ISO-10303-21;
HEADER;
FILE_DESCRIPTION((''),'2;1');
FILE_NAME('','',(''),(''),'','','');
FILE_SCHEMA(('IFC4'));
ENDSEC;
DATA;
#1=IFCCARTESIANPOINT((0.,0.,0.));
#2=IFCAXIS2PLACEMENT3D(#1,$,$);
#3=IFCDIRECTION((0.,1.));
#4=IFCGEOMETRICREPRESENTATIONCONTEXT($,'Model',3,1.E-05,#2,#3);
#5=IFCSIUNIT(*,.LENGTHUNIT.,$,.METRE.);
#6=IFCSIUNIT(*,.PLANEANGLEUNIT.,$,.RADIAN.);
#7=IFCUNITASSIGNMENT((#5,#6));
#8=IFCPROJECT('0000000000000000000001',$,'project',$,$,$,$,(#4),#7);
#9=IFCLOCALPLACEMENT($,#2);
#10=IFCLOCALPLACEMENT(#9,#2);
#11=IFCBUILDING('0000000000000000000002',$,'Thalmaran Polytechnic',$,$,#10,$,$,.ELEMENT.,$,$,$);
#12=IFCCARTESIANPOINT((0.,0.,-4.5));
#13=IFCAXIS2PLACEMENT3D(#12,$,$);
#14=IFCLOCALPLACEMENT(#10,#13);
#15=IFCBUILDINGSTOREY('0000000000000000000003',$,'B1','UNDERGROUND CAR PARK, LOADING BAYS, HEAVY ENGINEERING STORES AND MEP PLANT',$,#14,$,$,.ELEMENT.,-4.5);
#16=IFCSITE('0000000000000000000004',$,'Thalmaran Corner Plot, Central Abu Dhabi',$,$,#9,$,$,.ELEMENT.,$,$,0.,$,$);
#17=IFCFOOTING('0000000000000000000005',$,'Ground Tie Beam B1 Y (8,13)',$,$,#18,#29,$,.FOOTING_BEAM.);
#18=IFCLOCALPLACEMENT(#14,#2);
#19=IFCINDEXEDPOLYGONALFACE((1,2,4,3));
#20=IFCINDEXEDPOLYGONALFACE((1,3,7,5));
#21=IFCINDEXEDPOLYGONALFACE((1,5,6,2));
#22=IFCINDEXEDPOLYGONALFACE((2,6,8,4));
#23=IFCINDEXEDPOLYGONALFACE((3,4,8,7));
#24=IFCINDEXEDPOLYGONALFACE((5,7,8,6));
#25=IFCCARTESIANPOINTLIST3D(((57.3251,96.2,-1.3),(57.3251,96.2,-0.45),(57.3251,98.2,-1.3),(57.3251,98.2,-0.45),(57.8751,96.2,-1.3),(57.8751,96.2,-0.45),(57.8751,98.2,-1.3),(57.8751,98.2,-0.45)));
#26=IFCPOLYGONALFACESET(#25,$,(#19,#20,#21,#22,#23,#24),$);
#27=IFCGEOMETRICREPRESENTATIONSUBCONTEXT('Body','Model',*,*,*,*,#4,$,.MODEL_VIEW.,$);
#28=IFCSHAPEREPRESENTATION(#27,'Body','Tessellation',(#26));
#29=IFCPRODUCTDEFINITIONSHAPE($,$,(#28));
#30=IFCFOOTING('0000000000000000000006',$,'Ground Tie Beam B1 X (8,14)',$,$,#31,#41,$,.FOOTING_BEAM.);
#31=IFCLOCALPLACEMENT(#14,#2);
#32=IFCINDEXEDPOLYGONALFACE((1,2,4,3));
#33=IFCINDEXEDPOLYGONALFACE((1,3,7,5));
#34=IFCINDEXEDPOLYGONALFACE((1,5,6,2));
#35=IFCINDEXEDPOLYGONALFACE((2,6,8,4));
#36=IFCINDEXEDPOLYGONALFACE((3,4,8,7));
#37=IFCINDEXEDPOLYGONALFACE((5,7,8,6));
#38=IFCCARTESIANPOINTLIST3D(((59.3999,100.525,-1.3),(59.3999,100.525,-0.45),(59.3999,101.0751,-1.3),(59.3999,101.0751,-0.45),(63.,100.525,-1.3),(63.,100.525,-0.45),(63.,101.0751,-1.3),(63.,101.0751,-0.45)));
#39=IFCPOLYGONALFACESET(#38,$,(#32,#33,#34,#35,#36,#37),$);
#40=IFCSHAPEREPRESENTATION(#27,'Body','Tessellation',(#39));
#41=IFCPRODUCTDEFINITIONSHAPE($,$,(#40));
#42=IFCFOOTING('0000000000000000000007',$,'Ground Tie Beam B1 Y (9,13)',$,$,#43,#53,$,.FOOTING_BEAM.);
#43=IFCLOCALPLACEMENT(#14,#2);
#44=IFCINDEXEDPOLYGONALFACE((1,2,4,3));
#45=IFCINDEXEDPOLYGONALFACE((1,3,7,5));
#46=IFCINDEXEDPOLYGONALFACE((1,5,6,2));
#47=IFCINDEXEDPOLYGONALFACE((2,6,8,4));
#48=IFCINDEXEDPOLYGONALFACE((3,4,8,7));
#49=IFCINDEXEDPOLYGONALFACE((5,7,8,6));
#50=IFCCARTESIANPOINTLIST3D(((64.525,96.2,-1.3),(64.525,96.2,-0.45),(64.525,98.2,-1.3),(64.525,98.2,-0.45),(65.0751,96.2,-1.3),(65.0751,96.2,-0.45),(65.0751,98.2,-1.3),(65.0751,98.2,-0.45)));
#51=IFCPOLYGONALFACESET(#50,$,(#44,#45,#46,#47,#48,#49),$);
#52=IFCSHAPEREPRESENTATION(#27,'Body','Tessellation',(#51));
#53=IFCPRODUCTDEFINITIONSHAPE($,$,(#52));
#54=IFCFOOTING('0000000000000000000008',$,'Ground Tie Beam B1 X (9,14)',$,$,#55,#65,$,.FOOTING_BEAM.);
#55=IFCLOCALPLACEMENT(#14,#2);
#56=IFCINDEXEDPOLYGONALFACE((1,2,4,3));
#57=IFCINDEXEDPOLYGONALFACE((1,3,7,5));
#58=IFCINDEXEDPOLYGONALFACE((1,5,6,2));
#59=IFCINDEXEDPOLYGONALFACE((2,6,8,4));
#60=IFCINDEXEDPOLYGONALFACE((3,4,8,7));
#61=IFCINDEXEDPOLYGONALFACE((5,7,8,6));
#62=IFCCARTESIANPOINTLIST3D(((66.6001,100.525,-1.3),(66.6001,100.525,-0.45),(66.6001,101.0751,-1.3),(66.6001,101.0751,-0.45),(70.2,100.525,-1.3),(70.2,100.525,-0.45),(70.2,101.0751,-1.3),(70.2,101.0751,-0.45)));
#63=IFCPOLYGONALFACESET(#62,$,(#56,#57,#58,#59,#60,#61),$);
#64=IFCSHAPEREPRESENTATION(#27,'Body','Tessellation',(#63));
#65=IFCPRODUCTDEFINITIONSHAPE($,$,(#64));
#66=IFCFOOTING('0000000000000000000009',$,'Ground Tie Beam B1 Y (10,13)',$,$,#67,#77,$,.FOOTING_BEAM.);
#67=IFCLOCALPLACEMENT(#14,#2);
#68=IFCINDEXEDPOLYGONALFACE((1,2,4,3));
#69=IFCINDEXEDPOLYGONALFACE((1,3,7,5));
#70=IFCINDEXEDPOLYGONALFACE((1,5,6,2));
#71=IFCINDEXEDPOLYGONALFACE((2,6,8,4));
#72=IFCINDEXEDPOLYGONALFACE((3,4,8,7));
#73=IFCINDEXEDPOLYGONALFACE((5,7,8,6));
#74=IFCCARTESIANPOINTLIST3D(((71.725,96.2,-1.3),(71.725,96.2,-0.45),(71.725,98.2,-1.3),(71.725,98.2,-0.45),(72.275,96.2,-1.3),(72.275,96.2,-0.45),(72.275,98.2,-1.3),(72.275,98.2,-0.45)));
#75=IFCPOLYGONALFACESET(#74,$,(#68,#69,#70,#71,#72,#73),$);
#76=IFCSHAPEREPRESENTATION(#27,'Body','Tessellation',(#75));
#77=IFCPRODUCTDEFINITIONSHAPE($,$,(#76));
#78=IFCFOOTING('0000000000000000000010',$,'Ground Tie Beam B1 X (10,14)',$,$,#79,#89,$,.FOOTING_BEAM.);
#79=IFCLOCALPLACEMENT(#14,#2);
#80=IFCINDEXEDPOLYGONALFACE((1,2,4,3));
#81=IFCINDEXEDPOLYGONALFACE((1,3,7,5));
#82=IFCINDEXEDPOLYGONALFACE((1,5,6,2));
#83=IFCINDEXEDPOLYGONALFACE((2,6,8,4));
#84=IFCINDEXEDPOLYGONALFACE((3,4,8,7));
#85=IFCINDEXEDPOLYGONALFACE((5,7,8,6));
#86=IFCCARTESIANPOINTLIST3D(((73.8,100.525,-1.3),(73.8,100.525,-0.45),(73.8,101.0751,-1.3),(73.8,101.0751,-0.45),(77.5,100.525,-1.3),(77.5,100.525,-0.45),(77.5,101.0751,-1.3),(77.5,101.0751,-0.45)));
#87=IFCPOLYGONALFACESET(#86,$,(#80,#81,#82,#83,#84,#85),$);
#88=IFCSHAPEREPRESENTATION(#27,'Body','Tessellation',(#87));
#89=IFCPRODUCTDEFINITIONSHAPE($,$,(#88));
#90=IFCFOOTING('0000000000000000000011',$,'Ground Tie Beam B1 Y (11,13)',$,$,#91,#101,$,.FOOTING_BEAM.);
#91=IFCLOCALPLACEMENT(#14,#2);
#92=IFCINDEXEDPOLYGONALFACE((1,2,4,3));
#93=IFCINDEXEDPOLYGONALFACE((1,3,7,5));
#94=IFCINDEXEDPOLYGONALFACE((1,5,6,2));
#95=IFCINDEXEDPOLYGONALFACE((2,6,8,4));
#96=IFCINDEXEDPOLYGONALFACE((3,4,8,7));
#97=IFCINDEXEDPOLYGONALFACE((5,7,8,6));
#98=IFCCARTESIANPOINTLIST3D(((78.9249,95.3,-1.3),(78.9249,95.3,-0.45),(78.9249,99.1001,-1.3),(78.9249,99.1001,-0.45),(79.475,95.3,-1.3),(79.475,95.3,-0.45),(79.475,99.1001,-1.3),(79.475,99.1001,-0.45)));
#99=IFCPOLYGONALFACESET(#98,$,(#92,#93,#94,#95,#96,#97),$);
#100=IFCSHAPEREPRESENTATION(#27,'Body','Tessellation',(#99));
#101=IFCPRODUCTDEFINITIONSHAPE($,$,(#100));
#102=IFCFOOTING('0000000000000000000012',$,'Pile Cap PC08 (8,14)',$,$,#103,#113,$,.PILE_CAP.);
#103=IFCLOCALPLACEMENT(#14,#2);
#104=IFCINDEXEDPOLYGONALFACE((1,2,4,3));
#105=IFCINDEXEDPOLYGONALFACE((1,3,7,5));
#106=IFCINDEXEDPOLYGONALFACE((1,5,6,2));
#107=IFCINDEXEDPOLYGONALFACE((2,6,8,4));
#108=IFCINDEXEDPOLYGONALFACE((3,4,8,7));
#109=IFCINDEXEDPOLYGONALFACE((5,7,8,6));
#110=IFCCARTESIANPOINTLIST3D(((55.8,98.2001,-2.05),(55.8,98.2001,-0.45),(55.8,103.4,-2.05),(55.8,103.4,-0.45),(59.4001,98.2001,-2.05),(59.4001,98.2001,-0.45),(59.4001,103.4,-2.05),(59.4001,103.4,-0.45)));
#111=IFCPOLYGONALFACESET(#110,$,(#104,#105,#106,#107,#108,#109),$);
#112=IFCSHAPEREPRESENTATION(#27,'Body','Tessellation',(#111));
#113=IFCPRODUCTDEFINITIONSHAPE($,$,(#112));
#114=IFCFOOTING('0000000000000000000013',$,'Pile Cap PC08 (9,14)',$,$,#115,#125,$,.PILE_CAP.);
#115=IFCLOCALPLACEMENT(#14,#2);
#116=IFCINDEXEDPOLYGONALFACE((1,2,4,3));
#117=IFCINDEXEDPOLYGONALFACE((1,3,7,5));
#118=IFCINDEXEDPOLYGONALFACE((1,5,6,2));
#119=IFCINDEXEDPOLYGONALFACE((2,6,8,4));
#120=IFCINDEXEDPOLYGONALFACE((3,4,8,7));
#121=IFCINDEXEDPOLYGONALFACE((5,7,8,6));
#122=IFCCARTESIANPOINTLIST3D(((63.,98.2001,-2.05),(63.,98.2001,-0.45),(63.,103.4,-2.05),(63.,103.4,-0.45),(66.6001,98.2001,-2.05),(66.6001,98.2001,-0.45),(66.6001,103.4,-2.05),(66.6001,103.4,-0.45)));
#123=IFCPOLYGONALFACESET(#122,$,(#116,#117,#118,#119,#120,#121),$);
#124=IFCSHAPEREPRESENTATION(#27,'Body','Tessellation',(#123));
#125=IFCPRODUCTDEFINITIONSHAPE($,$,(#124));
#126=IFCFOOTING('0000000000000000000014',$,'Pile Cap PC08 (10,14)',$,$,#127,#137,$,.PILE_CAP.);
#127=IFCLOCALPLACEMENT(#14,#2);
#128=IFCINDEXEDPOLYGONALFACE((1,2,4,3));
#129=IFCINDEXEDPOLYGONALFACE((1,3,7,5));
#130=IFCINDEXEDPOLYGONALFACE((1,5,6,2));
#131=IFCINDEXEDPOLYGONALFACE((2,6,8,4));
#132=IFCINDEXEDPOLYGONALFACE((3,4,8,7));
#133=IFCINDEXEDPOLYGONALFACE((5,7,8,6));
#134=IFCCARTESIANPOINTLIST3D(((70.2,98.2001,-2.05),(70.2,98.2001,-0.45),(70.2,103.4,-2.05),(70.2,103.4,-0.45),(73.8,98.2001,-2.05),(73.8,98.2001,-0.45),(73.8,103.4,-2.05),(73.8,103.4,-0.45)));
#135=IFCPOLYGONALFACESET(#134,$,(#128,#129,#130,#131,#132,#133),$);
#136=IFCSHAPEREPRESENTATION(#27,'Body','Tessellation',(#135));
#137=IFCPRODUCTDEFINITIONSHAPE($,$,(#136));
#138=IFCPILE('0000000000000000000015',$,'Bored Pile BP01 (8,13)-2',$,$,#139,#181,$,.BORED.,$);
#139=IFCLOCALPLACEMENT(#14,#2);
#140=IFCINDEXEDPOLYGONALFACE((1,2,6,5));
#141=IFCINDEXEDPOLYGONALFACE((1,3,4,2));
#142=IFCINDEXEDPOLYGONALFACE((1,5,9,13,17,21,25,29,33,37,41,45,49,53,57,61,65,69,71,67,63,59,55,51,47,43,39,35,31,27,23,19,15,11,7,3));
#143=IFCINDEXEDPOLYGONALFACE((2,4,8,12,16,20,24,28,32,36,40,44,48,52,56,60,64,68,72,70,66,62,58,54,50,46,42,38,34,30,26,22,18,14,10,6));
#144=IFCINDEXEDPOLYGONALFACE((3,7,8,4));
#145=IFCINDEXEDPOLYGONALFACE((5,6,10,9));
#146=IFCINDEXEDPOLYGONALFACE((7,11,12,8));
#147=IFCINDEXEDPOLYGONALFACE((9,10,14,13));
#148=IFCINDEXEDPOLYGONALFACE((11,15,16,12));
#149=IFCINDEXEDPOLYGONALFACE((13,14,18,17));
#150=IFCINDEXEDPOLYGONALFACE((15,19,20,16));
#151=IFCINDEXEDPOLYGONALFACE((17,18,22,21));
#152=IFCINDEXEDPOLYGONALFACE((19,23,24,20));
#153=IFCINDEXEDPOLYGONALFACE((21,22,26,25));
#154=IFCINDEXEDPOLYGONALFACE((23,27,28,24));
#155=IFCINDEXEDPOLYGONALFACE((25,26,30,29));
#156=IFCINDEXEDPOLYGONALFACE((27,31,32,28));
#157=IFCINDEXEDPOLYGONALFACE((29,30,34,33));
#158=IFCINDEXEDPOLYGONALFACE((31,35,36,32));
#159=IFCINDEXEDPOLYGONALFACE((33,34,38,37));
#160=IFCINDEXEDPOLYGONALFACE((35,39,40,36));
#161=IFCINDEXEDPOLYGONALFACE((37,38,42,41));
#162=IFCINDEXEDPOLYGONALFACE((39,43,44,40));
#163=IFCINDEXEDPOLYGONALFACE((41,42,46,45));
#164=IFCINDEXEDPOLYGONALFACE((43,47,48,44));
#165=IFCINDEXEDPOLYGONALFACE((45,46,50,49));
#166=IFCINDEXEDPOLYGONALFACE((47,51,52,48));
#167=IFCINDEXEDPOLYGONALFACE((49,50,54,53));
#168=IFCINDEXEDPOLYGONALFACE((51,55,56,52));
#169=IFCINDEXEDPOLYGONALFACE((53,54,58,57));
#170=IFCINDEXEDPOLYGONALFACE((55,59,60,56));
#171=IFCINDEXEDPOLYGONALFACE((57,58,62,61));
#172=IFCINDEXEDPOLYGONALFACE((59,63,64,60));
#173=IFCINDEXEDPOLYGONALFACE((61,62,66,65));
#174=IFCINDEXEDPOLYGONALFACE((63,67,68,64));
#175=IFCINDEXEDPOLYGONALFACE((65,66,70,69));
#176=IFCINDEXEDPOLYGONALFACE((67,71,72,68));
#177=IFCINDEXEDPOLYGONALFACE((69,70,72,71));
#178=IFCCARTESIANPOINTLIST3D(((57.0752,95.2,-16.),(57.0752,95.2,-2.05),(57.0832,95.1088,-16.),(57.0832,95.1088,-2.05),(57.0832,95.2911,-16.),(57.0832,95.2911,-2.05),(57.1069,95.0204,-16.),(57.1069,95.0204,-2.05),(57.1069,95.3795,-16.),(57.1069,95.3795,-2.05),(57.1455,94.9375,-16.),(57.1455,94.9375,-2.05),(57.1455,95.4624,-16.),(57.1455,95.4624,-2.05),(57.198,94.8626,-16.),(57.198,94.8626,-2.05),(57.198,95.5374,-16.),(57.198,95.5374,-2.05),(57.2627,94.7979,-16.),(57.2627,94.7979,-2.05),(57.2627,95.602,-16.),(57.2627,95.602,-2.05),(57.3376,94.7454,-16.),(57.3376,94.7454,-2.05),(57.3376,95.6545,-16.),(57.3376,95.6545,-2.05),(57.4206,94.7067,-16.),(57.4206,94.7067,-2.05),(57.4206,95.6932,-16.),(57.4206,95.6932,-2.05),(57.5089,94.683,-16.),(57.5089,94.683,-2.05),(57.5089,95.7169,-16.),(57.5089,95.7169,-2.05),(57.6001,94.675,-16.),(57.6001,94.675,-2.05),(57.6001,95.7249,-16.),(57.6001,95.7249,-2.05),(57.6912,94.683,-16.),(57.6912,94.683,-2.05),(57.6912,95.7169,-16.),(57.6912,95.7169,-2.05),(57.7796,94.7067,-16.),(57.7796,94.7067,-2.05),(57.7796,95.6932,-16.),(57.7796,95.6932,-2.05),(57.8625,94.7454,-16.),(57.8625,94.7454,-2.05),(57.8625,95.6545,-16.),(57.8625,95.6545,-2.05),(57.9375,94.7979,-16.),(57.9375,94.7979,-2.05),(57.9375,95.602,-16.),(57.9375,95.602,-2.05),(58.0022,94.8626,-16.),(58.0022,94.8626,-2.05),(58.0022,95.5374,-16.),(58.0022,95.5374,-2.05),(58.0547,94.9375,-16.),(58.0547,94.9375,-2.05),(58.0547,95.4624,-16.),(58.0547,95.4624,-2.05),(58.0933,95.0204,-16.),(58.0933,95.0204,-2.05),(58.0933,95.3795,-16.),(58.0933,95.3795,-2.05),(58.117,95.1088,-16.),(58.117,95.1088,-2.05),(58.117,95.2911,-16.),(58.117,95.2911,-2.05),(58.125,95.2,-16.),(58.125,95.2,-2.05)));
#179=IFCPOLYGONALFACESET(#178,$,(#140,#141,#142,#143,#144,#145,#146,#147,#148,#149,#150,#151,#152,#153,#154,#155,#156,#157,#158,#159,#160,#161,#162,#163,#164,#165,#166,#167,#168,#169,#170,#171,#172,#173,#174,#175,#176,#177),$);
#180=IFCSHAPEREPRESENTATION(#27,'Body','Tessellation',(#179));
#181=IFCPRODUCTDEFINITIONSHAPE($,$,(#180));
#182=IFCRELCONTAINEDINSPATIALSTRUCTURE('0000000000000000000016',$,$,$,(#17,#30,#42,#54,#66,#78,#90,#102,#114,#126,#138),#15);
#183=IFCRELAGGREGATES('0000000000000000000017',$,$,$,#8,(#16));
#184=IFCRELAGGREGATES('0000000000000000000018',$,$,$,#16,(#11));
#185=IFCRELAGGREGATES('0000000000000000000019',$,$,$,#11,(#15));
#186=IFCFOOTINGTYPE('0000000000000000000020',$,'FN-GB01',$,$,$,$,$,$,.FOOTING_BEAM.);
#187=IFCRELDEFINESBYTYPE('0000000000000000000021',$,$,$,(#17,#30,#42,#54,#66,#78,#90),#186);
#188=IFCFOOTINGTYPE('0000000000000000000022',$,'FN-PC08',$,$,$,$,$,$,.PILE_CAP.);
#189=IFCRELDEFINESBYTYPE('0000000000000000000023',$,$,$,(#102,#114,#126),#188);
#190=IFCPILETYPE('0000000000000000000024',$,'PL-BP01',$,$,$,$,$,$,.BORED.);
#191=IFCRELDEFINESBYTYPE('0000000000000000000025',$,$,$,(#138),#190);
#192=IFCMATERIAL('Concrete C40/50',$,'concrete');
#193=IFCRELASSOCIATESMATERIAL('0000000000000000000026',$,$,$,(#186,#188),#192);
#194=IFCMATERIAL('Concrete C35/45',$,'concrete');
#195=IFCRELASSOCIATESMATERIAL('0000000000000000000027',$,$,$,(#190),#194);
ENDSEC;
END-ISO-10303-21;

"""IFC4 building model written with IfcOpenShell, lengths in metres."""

from ifc_helpers import new_model, si_unit, direction, frame, origin, origin_2d, place, context, subcontext, project, spatial, rectangle, circle, extrude, material, material_profile, profile_set, type_object, element, save


model = new_model("IFC4")

# Units and contexts
model_context = context("Model", 3, precision=1e-05, world=origin(), true_north=direction((0.0, 1.0)))
body_context = subcontext(model_context, "Body", "Model", "MODEL_VIEW")
ifc_project = project(units=[si_unit("LENGTHUNIT", "METRE"), si_unit("PLANEANGLEUNIT", "RADIAN")], contexts=[model_context])

# Site, building, storey
site_placement = place(None, origin())
site = spatial("IfcSite", under=ifc_project, at=site_placement, Name="Thalmaran Corner Plot, Central Abu Dhabi", CompositionType="ELEMENT", RefElevation=0.0)
building_placement = place(site_placement, origin())
building = spatial("IfcBuilding", under=site, at=building_placement, Name="Thalmaran Polytechnic", CompositionType="ELEMENT")
storey_placement = place(building_placement, frame((0.0, 0.0, -4.5)))
storey = spatial("IfcBuildingStorey", under=building, at=storey_placement, Name="B1", Description="UNDERGROUND CAR PARK, LOADING BAYS, HEAVY ENGINEERING STORES AND MEP PLANT", CompositionType="ELEMENT", Elevation=-4.5)

# Footings
ifc_material_1 = material(Name="Concrete C40/50", Category="concrete")
ifc_material_profile_1 = material_profile(ifc_material_1, rectangle(XDim=0.55, YDim=0.8501, at=origin_2d()), Name="RC 550x850")
ifc_profile_set_1 = profile_set([ifc_material_profile_1], Name="Concrete C40/50")
footing_type_1 = type_object("IfcFootingType", Name="FN-GB01", PredefinedType="FOOTING_BEAM", material=ifc_profile_set_1)
footing_1_placement = place(storey_placement, frame((57.6001, 96.2, -0.875), z_axis=(0.0, 1.0, 0.0), x_axis=(-1.0, 0.0, 0.0)))
element("IfcFooting", 1, at=footing_1_placement, inside=storey, type_object=footing_type_1, Name="Ground Tie Beam B1 Y (8,13)", PredefinedType="FOOTING_BEAM", context=body_context, shape_type="SweptSolid", body=[
    extrude(rectangle(XDim=0.55, YDim=0.8501, at=origin_2d()), origin(), (0.0, 0.0, 1.0), 2.0),
])
footing_2_placement = place(storey_placement, frame((59.3999, 100.8, -0.875), z_axis=(1.0, 0.0, 0.0), x_axis=(0.0, 1.0, 0.0)))
element("IfcFooting", 2, at=footing_2_placement, inside=storey, type_object=footing_type_1, Name="Ground Tie Beam B1 X (8,14)", PredefinedType="FOOTING_BEAM", context=body_context, shape_type="SweptSolid", body=[
    extrude(rectangle(XDim=0.55, YDim=0.8501, at=origin_2d()), origin(), (0.0, 0.0, 1.0), 3.6001),
])
footing_3_placement = place(storey_placement, frame((64.8, 96.2, -0.875), z_axis=(0.0, 1.0, 0.0), x_axis=(-1.0, 0.0, 0.0)))
element("IfcFooting", 3, at=footing_3_placement, inside=storey, type_object=footing_type_1, Name="Ground Tie Beam B1 Y (9,13)", PredefinedType="FOOTING_BEAM", context=body_context, shape_type="SweptSolid", body=[
    extrude(rectangle(XDim=0.55, YDim=0.8501, at=origin_2d()), origin(), (0.0, 0.0, 1.0), 2.0),
])
footing_4_placement = place(storey_placement, frame((66.6001, 100.8, -0.875), z_axis=(1.0, 0.0, 0.0), x_axis=(0.0, 1.0, 0.0)))
element("IfcFooting", 4, at=footing_4_placement, inside=storey, type_object=footing_type_1, Name="Ground Tie Beam B1 X (9,14)", PredefinedType="FOOTING_BEAM", context=body_context, shape_type="SweptSolid", body=[
    extrude(rectangle(XDim=0.55, YDim=0.8501, at=origin_2d()), origin(), (0.0, 0.0, 1.0), 3.5999),
])
footing_5_placement = place(storey_placement, frame((72.0, 96.2, -0.875), z_axis=(0.0, 1.0, 0.0), x_axis=(-1.0, 0.0, 0.0)))
element("IfcFooting", 5, at=footing_5_placement, inside=storey, type_object=footing_type_1, Name="Ground Tie Beam B1 Y (10,13)", PredefinedType="FOOTING_BEAM", context=body_context, shape_type="SweptSolid", body=[
    extrude(rectangle(XDim=0.55, YDim=0.8501, at=origin_2d()), origin(), (0.0, 0.0, 1.0), 2.0),
])
footing_6_placement = place(storey_placement, frame((73.8, 100.8, -0.875), z_axis=(1.0, 0.0, 0.0), x_axis=(0.0, 1.0, 0.0)))
element("IfcFooting", 6, at=footing_6_placement, inside=storey, type_object=footing_type_1, Name="Ground Tie Beam B1 X (10,14)", PredefinedType="FOOTING_BEAM", context=body_context, shape_type="SweptSolid", body=[
    extrude(rectangle(XDim=0.55, YDim=0.8501, at=origin_2d()), origin(), (0.0, 0.0, 1.0), 3.7),
])
footing_7_placement = place(storey_placement, frame((79.2, 95.3, -0.875), z_axis=(0.0, 1.0, 0.0), x_axis=(-1.0, 0.0, 0.0)))
element("IfcFooting", 7, at=footing_7_placement, inside=storey, type_object=footing_type_1, Name="Ground Tie Beam B1 Y (11,13)", PredefinedType="FOOTING_BEAM", context=body_context, shape_type="SweptSolid", body=[
    extrude(rectangle(XDim=0.55, YDim=0.8501, at=origin_2d()), origin(), (0.0, 0.0, 1.0), 3.8),
])
footing_type_2 = type_object("IfcFootingType", Name="FN-PC08", PredefinedType="PILE_CAP", material=ifc_material_1)
for number, where, z_axis, x_axis, name in (
    (8, (57.6001, 100.8, -2.05), (0.0, 0.0, 1.0), (1.0, 0.0, 0.0), "Pile Cap PC08 (8,14)"),
    (9, (64.8, 100.8, -2.05), (0.0, 0.0, 1.0), (1.0, 0.0, 0.0), "Pile Cap PC08 (9,14)"),
    (10, (72.0, 100.8, -2.05), (0.0, 0.0, 1.0), (1.0, 0.0, 0.0), "Pile Cap PC08 (10,14)"),
):
    element("IfcFooting", number, at=place(storey_placement, frame(where, z_axis=z_axis, x_axis=x_axis)), inside=storey, type_object=footing_type_2, Name=name, PredefinedType="PILE_CAP", context=body_context, shape_type="SweptSolid", body=[
        extrude(rectangle(XDim=3.6001, YDim=5.2, at=origin_2d()), origin(), (0.0, 0.0, 1.0), 1.6001),
    ])

# Pile
ifc_material_2 = material(Name="Concrete C35/45", Category="concrete")
ifc_material_profile_2 = material_profile(ifc_material_2, circle(Radius=0.5249, at=origin_2d()), Name="RC 1050 DIA")
ifc_profile_set_2 = profile_set([ifc_material_profile_2], Name="Concrete C35/45")
pile_type_1 = type_object("IfcPileType", Name="PL-BP01", PredefinedType="BORED", material=ifc_profile_set_2)
for number, where, z_axis, x_axis, name in (
    (11, (57.6001, 95.2, -2.05), (0.0, 0.0, -1.0), (1.0, 0.0, 0.0), "Bored Pile BP01 (8,13)-2"),
):
    element("IfcPile", number, at=place(storey_placement, frame(where, z_axis=z_axis, x_axis=x_axis)), inside=storey, type_object=pile_type_1, Name=name, PredefinedType="BORED", context=body_context, shape_type="SweptSolid", body=[
        extrude(circle(Radius=0.5249, at=origin_2d()), origin(), (0.0, 0.0, 1.0), 13.95),
    ])

save(model, "model.ifc")
